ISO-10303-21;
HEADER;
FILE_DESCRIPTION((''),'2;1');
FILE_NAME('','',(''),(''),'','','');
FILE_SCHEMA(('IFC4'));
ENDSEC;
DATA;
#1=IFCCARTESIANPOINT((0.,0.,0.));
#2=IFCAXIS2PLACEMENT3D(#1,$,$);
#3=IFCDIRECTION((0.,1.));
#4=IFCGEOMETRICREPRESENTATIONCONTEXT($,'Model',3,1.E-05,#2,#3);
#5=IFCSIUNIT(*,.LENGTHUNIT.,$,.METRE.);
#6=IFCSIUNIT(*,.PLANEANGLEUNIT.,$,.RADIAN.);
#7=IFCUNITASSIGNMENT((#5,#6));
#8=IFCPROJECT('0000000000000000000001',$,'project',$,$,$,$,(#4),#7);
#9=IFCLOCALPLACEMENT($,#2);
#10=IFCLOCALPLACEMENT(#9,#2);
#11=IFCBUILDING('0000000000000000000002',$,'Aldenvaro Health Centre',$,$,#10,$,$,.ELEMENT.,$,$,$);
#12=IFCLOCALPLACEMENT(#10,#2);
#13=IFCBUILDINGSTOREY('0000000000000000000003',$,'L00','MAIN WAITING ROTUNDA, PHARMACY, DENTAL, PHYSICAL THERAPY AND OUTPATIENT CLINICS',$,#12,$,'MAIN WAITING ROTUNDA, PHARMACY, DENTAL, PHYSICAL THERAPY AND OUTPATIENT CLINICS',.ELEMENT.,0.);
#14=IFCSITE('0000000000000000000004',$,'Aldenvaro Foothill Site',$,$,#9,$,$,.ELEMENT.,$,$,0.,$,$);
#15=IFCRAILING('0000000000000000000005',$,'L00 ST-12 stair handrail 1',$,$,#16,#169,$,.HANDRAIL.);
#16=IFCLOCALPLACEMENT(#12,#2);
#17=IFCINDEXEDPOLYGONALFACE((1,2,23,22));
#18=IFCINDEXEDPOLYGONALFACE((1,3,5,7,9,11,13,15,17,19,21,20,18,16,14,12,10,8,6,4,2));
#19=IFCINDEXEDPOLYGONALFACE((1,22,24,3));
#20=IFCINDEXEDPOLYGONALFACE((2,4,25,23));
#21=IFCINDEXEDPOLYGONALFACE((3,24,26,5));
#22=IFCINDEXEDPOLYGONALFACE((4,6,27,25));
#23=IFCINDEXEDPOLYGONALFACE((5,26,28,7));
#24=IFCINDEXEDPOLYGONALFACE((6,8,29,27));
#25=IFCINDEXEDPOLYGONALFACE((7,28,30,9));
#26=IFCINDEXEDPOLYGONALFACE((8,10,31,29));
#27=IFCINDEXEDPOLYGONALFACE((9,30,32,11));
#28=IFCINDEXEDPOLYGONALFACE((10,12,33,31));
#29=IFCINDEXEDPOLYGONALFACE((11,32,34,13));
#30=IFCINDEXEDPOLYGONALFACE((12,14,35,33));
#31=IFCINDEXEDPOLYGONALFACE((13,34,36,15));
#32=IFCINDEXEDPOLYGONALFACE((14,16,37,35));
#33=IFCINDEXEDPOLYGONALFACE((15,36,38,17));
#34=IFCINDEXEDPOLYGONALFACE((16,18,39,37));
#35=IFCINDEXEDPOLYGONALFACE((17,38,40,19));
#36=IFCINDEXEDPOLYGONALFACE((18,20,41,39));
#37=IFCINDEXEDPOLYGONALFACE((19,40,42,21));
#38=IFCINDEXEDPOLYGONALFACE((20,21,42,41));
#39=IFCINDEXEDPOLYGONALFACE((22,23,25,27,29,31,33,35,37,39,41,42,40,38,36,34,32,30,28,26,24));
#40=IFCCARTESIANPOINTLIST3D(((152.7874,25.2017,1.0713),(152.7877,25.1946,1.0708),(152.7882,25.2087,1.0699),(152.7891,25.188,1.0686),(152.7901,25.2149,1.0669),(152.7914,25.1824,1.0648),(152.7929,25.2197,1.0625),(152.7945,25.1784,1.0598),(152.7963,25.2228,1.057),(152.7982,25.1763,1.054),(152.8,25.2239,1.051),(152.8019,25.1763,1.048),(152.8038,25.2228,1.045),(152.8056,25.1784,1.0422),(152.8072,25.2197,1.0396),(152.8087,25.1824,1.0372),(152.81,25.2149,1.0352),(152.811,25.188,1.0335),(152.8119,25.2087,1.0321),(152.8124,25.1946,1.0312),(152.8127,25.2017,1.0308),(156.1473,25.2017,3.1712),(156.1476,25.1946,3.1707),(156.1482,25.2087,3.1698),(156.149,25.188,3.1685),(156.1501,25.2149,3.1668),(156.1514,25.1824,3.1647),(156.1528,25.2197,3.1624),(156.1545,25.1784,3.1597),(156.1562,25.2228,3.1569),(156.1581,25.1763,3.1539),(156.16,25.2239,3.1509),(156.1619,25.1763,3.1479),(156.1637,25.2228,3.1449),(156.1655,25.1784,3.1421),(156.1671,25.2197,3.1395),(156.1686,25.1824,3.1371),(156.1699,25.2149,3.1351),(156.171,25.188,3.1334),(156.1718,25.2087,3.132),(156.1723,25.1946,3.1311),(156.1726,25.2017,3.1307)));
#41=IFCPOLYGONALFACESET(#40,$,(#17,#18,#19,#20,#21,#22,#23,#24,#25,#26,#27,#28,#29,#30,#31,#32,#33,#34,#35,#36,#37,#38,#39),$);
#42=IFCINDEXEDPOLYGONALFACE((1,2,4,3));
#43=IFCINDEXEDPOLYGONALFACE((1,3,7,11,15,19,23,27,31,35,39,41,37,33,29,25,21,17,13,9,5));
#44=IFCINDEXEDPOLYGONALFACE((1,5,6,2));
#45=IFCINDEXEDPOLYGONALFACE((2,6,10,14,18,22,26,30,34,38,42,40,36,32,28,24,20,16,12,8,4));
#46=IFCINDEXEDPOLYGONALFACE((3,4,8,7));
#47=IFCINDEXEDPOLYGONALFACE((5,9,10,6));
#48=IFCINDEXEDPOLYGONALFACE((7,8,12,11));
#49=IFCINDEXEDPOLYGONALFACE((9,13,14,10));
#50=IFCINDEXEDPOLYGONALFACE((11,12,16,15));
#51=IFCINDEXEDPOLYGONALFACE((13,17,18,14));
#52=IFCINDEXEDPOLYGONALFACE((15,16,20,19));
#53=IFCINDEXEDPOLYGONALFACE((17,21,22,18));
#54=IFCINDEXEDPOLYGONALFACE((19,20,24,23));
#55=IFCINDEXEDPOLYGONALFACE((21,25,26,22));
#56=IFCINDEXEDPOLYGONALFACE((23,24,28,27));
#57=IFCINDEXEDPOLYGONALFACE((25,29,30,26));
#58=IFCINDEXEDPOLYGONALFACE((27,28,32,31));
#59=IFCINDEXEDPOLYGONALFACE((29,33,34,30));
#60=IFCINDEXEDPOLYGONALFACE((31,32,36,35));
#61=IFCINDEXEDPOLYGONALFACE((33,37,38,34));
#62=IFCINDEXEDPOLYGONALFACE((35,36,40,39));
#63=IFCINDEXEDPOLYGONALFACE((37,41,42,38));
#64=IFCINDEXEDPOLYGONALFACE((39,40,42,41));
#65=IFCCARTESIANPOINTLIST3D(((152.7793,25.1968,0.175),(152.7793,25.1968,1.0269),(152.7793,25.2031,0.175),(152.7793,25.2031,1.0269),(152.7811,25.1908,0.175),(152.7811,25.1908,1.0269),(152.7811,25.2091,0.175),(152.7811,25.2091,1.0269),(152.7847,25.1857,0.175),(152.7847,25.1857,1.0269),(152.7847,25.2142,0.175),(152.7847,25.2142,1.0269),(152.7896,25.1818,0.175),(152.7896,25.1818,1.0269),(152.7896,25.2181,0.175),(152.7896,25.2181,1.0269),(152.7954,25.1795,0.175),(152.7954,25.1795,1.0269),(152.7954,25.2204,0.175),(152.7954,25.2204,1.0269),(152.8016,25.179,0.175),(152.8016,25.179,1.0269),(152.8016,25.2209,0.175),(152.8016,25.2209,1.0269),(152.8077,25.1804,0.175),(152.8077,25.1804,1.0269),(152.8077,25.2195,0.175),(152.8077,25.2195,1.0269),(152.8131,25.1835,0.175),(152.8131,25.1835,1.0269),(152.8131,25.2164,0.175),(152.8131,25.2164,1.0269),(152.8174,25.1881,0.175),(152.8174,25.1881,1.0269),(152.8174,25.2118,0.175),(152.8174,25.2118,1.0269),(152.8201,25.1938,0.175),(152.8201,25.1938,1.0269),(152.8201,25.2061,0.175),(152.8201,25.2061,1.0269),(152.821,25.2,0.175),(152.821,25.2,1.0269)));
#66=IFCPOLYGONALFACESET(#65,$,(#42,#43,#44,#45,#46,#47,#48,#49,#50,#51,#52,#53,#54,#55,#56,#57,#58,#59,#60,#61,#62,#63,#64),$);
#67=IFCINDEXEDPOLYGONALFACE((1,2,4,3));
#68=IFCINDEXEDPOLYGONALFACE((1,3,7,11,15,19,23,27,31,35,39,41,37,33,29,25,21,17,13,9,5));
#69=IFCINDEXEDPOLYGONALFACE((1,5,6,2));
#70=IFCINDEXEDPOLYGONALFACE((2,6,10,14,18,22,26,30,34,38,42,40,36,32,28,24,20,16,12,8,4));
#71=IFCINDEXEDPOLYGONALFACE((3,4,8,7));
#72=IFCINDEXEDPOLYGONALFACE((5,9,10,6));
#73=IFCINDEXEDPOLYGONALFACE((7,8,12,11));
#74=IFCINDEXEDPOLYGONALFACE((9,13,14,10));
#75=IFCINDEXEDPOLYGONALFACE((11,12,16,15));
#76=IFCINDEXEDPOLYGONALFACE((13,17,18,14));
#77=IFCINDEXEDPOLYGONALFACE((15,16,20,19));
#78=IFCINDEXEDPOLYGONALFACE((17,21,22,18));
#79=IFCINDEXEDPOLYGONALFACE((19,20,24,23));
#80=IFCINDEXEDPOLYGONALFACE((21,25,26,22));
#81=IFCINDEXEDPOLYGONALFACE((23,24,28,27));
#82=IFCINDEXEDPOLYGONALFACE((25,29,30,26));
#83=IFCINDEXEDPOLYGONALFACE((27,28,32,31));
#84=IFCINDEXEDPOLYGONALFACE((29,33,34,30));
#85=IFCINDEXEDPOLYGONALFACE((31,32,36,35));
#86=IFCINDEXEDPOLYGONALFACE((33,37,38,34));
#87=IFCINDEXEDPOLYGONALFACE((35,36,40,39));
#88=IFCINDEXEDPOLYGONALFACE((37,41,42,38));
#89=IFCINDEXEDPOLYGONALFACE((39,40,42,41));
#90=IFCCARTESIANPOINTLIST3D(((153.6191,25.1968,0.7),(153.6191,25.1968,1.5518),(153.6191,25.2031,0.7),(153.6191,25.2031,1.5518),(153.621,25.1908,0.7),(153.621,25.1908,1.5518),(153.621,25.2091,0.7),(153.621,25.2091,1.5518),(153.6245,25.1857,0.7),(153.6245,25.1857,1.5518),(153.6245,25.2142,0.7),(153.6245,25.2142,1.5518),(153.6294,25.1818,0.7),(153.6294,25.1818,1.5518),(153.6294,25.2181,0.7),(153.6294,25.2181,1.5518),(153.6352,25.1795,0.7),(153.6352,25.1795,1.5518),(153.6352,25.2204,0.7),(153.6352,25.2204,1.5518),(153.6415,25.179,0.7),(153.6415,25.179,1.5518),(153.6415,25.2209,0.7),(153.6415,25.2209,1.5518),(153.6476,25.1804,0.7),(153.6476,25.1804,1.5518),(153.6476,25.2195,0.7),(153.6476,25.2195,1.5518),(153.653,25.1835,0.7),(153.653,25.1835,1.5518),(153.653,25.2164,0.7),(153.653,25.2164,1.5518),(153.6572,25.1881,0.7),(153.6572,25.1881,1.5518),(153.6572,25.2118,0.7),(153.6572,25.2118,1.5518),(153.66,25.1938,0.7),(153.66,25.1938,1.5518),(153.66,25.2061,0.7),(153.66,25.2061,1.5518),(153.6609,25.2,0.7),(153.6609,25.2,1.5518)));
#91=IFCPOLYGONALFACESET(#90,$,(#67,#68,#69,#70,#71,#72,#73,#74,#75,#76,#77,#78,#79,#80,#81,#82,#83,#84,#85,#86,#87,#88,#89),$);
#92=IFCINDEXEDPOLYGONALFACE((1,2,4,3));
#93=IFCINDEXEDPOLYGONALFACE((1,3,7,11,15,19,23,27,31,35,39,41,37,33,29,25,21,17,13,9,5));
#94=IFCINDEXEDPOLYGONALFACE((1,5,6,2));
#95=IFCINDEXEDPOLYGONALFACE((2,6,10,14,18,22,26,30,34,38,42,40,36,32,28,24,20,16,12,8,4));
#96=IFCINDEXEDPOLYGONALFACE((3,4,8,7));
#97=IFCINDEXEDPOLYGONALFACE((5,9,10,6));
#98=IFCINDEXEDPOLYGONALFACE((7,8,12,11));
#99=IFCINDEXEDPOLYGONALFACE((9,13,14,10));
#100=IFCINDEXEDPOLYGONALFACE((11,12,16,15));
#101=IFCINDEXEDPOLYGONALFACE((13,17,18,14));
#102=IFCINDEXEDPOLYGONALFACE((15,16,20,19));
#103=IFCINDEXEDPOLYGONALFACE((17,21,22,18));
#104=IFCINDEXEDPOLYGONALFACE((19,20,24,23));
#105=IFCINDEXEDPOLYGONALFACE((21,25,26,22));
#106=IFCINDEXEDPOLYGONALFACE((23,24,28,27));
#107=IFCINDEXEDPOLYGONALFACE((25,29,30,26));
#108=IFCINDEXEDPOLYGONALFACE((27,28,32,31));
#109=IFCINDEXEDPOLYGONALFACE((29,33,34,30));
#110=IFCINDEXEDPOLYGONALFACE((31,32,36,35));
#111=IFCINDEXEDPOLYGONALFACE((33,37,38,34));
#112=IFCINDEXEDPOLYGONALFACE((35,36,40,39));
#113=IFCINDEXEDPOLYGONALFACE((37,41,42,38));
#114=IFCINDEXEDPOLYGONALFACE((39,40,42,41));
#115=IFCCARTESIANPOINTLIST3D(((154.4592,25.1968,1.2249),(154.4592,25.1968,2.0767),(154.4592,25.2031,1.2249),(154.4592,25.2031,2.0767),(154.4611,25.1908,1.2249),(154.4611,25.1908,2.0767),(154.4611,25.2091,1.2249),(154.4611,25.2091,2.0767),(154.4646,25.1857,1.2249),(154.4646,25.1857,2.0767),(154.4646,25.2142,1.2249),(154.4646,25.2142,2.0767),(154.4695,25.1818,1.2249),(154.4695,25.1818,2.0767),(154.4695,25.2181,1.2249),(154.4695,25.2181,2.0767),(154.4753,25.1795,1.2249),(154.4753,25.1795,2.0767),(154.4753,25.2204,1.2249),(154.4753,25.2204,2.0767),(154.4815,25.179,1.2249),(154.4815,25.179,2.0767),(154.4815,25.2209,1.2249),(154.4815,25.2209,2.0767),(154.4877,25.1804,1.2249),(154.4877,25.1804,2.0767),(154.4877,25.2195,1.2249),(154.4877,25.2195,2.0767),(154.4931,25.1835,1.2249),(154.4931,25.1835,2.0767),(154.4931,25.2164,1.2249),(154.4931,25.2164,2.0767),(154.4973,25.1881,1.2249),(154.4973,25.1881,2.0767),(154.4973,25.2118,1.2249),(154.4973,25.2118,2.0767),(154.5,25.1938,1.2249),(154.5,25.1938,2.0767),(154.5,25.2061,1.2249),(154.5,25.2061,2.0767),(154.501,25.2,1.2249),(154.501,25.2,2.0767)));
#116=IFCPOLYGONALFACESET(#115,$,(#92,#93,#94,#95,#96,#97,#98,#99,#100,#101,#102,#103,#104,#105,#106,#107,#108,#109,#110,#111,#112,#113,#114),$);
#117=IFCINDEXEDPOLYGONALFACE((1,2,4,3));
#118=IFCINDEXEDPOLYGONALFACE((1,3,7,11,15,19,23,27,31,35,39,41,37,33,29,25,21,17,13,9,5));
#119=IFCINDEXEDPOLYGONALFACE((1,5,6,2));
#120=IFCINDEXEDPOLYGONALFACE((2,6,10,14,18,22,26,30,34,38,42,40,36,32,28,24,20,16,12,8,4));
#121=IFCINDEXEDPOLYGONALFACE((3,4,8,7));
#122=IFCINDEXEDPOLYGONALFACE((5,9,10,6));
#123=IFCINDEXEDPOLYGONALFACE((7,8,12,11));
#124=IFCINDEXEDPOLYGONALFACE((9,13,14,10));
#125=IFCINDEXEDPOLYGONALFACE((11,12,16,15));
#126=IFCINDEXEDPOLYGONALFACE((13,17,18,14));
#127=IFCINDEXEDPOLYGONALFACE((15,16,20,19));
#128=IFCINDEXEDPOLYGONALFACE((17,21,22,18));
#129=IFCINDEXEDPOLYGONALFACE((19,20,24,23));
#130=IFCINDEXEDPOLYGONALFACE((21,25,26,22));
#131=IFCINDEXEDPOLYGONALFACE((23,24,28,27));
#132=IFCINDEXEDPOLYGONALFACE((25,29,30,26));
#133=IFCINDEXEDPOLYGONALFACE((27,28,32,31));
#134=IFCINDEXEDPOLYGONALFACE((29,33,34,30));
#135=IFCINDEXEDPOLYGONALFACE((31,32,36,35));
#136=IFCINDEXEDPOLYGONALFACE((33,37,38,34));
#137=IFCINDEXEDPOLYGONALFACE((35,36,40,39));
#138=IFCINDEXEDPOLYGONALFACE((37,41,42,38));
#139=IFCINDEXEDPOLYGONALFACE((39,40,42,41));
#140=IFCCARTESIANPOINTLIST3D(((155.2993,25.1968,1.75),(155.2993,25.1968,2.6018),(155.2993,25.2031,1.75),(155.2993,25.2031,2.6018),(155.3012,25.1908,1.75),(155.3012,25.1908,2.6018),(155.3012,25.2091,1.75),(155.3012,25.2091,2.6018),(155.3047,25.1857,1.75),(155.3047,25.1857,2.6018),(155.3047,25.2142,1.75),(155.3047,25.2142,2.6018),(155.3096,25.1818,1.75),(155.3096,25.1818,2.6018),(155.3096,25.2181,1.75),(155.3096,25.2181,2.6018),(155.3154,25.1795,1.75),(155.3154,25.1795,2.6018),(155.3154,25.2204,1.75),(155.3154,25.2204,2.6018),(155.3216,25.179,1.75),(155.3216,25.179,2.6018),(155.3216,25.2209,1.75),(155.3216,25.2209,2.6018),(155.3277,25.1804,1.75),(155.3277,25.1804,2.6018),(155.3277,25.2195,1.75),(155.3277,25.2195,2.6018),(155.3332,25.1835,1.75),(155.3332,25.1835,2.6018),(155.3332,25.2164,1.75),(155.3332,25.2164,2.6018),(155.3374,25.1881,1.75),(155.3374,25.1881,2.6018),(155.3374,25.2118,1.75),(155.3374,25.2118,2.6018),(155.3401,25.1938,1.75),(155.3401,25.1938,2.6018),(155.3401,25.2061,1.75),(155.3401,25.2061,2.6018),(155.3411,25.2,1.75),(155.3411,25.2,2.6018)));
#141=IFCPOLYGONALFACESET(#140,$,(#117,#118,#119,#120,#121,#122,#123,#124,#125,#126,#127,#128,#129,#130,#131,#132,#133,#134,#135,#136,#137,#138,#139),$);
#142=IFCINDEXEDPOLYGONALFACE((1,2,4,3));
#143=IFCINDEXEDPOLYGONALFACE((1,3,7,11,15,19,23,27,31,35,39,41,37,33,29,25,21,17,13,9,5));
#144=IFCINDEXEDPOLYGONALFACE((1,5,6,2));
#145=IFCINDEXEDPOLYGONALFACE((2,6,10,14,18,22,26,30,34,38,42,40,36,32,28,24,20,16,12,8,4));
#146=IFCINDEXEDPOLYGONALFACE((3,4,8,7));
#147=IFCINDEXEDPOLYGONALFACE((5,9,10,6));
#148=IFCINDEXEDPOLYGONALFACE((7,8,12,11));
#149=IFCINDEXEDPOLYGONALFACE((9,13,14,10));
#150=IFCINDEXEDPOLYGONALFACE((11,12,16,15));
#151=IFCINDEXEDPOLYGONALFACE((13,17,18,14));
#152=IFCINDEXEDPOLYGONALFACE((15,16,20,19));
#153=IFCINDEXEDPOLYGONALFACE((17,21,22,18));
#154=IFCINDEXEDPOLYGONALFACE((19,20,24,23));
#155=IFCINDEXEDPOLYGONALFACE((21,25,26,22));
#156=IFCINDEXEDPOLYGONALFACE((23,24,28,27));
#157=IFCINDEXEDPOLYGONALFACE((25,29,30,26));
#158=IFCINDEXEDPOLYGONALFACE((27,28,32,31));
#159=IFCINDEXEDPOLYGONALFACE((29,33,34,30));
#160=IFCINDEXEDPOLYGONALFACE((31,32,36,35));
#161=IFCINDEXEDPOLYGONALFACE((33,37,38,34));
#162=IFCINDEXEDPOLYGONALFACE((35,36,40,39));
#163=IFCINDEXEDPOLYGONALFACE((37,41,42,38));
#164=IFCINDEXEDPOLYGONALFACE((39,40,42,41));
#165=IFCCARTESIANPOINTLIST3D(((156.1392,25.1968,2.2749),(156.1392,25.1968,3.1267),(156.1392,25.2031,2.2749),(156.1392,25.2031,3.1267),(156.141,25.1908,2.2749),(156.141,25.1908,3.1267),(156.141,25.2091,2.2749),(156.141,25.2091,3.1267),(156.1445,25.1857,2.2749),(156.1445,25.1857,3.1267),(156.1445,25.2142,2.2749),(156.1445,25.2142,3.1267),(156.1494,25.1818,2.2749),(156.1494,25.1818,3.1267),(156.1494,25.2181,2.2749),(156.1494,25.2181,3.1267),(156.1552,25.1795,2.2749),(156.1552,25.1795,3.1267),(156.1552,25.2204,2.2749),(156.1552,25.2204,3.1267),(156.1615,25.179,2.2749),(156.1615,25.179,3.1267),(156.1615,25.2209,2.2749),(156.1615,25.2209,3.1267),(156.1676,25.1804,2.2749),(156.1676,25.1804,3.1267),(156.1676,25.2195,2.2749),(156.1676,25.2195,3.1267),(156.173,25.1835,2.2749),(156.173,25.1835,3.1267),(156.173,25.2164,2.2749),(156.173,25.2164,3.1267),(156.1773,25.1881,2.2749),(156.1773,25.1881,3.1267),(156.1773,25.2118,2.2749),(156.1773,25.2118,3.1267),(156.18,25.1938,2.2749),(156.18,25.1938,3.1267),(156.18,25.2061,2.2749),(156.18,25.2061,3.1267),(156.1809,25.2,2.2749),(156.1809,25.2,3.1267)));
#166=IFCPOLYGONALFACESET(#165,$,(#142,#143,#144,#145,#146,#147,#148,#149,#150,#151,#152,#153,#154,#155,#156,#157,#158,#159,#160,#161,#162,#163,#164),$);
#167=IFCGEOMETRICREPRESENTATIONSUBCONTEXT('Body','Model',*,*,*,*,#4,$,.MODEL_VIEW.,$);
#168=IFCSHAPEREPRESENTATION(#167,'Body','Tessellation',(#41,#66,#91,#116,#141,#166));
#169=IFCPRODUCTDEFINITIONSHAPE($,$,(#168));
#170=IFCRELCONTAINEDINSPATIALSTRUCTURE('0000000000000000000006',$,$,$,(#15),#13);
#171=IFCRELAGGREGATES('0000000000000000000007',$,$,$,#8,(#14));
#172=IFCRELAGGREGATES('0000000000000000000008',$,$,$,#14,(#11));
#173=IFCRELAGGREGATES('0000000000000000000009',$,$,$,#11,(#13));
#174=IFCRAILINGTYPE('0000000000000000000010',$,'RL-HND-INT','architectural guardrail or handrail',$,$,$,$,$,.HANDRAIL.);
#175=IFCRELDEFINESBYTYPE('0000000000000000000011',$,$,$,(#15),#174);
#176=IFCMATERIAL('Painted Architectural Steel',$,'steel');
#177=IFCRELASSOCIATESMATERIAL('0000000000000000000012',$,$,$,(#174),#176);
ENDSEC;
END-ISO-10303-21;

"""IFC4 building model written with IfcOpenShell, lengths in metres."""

from ifc_helpers import new_model, si_unit, direction, frame, origin, origin_2d, place, context, subcontext, project, spatial, circle, extrude, material, type_object, element, save


model = new_model("IFC4")

# Units and contexts
model_context = context("Model", 3, precision=1e-05, world=origin(), true_north=direction((0.0, 1.0)))
body_context = subcontext(model_context, "Body", "Model", "MODEL_VIEW")
ifc_project = project(units=[si_unit("LENGTHUNIT", "METRE"), si_unit("PLANEANGLEUNIT", "RADIAN")], contexts=[model_context])

# Site, building, storey
site_placement = place(None, origin())
site = spatial("IfcSite", under=ifc_project, at=site_placement, Name="Aldenvaro Foothill Site", CompositionType="ELEMENT", RefElevation=0.0)
building_placement = place(site_placement, origin())
building = spatial("IfcBuilding", under=site, at=building_placement, Name="Aldenvaro Health Centre", CompositionType="ELEMENT")
storey_placement = place(building_placement, origin())
storey = spatial("IfcBuildingStorey", under=building, at=storey_placement, Name="L00", Description="MAIN WAITING ROTUNDA, PHARMACY, DENTAL, PHYSICAL THERAPY AND OUTPATIENT CLINICS", LongName="MAIN WAITING ROTUNDA, PHARMACY, DENTAL, PHYSICAL THERAPY AND OUTPATIENT CLINICS", CompositionType="ELEMENT", Elevation=0.0)

# Railing
ifc_material_1 = material(Name="Painted Architectural Steel", Category="steel")
railing_type_1 = type_object("IfcRailingType", Name="RL-HND-INT", Description="architectural guardrail or handrail", PredefinedType="HANDRAIL", material=ifc_material_1)
railing_1_placement = place(storey_placement, frame((152.8, 25.2, 0.175)))
element("IfcRailing", 1, at=railing_1_placement, inside=storey, type_object=railing_type_1, Name="L00 ST-12 stair handrail 1", PredefinedType="HANDRAIL", context=body_context, shape_type="SweptSolid", body=[
    extrude(circle(Radius=0.0239, at=origin_2d()), frame((0.0, 0.0, 0.876), z_axis=(0.848005, 0.0, 0.529988), x_axis=(0.0, 1.0, 0.0)), (0.0, 0.0, 1.0), 3.9622),
    extrude(circle(Radius=0.021, at=origin_2d()), origin(), (0.0, 0.0, 1.0), 0.8518),
    extrude(circle(Radius=0.021, at=origin_2d()), frame((0.8398, 0.0, 0.5249)), (0.0, 0.0, 1.0), 0.8518),
    extrude(circle(Radius=0.021, at=origin_2d()), frame((1.6799, 0.0, 1.0498)), (0.0, 0.0, 1.0), 0.8518),
    extrude(circle(Radius=0.021, at=origin_2d()), frame((2.52, 0.0, 1.575)), (0.0, 0.0, 1.0), 0.8518),
    extrude(circle(Radius=0.021, at=origin_2d()), frame((3.3599, 0.0, 2.0999)), (0.0, 0.0, 1.0), 0.8518),
])

save(model, "model.ifc")
